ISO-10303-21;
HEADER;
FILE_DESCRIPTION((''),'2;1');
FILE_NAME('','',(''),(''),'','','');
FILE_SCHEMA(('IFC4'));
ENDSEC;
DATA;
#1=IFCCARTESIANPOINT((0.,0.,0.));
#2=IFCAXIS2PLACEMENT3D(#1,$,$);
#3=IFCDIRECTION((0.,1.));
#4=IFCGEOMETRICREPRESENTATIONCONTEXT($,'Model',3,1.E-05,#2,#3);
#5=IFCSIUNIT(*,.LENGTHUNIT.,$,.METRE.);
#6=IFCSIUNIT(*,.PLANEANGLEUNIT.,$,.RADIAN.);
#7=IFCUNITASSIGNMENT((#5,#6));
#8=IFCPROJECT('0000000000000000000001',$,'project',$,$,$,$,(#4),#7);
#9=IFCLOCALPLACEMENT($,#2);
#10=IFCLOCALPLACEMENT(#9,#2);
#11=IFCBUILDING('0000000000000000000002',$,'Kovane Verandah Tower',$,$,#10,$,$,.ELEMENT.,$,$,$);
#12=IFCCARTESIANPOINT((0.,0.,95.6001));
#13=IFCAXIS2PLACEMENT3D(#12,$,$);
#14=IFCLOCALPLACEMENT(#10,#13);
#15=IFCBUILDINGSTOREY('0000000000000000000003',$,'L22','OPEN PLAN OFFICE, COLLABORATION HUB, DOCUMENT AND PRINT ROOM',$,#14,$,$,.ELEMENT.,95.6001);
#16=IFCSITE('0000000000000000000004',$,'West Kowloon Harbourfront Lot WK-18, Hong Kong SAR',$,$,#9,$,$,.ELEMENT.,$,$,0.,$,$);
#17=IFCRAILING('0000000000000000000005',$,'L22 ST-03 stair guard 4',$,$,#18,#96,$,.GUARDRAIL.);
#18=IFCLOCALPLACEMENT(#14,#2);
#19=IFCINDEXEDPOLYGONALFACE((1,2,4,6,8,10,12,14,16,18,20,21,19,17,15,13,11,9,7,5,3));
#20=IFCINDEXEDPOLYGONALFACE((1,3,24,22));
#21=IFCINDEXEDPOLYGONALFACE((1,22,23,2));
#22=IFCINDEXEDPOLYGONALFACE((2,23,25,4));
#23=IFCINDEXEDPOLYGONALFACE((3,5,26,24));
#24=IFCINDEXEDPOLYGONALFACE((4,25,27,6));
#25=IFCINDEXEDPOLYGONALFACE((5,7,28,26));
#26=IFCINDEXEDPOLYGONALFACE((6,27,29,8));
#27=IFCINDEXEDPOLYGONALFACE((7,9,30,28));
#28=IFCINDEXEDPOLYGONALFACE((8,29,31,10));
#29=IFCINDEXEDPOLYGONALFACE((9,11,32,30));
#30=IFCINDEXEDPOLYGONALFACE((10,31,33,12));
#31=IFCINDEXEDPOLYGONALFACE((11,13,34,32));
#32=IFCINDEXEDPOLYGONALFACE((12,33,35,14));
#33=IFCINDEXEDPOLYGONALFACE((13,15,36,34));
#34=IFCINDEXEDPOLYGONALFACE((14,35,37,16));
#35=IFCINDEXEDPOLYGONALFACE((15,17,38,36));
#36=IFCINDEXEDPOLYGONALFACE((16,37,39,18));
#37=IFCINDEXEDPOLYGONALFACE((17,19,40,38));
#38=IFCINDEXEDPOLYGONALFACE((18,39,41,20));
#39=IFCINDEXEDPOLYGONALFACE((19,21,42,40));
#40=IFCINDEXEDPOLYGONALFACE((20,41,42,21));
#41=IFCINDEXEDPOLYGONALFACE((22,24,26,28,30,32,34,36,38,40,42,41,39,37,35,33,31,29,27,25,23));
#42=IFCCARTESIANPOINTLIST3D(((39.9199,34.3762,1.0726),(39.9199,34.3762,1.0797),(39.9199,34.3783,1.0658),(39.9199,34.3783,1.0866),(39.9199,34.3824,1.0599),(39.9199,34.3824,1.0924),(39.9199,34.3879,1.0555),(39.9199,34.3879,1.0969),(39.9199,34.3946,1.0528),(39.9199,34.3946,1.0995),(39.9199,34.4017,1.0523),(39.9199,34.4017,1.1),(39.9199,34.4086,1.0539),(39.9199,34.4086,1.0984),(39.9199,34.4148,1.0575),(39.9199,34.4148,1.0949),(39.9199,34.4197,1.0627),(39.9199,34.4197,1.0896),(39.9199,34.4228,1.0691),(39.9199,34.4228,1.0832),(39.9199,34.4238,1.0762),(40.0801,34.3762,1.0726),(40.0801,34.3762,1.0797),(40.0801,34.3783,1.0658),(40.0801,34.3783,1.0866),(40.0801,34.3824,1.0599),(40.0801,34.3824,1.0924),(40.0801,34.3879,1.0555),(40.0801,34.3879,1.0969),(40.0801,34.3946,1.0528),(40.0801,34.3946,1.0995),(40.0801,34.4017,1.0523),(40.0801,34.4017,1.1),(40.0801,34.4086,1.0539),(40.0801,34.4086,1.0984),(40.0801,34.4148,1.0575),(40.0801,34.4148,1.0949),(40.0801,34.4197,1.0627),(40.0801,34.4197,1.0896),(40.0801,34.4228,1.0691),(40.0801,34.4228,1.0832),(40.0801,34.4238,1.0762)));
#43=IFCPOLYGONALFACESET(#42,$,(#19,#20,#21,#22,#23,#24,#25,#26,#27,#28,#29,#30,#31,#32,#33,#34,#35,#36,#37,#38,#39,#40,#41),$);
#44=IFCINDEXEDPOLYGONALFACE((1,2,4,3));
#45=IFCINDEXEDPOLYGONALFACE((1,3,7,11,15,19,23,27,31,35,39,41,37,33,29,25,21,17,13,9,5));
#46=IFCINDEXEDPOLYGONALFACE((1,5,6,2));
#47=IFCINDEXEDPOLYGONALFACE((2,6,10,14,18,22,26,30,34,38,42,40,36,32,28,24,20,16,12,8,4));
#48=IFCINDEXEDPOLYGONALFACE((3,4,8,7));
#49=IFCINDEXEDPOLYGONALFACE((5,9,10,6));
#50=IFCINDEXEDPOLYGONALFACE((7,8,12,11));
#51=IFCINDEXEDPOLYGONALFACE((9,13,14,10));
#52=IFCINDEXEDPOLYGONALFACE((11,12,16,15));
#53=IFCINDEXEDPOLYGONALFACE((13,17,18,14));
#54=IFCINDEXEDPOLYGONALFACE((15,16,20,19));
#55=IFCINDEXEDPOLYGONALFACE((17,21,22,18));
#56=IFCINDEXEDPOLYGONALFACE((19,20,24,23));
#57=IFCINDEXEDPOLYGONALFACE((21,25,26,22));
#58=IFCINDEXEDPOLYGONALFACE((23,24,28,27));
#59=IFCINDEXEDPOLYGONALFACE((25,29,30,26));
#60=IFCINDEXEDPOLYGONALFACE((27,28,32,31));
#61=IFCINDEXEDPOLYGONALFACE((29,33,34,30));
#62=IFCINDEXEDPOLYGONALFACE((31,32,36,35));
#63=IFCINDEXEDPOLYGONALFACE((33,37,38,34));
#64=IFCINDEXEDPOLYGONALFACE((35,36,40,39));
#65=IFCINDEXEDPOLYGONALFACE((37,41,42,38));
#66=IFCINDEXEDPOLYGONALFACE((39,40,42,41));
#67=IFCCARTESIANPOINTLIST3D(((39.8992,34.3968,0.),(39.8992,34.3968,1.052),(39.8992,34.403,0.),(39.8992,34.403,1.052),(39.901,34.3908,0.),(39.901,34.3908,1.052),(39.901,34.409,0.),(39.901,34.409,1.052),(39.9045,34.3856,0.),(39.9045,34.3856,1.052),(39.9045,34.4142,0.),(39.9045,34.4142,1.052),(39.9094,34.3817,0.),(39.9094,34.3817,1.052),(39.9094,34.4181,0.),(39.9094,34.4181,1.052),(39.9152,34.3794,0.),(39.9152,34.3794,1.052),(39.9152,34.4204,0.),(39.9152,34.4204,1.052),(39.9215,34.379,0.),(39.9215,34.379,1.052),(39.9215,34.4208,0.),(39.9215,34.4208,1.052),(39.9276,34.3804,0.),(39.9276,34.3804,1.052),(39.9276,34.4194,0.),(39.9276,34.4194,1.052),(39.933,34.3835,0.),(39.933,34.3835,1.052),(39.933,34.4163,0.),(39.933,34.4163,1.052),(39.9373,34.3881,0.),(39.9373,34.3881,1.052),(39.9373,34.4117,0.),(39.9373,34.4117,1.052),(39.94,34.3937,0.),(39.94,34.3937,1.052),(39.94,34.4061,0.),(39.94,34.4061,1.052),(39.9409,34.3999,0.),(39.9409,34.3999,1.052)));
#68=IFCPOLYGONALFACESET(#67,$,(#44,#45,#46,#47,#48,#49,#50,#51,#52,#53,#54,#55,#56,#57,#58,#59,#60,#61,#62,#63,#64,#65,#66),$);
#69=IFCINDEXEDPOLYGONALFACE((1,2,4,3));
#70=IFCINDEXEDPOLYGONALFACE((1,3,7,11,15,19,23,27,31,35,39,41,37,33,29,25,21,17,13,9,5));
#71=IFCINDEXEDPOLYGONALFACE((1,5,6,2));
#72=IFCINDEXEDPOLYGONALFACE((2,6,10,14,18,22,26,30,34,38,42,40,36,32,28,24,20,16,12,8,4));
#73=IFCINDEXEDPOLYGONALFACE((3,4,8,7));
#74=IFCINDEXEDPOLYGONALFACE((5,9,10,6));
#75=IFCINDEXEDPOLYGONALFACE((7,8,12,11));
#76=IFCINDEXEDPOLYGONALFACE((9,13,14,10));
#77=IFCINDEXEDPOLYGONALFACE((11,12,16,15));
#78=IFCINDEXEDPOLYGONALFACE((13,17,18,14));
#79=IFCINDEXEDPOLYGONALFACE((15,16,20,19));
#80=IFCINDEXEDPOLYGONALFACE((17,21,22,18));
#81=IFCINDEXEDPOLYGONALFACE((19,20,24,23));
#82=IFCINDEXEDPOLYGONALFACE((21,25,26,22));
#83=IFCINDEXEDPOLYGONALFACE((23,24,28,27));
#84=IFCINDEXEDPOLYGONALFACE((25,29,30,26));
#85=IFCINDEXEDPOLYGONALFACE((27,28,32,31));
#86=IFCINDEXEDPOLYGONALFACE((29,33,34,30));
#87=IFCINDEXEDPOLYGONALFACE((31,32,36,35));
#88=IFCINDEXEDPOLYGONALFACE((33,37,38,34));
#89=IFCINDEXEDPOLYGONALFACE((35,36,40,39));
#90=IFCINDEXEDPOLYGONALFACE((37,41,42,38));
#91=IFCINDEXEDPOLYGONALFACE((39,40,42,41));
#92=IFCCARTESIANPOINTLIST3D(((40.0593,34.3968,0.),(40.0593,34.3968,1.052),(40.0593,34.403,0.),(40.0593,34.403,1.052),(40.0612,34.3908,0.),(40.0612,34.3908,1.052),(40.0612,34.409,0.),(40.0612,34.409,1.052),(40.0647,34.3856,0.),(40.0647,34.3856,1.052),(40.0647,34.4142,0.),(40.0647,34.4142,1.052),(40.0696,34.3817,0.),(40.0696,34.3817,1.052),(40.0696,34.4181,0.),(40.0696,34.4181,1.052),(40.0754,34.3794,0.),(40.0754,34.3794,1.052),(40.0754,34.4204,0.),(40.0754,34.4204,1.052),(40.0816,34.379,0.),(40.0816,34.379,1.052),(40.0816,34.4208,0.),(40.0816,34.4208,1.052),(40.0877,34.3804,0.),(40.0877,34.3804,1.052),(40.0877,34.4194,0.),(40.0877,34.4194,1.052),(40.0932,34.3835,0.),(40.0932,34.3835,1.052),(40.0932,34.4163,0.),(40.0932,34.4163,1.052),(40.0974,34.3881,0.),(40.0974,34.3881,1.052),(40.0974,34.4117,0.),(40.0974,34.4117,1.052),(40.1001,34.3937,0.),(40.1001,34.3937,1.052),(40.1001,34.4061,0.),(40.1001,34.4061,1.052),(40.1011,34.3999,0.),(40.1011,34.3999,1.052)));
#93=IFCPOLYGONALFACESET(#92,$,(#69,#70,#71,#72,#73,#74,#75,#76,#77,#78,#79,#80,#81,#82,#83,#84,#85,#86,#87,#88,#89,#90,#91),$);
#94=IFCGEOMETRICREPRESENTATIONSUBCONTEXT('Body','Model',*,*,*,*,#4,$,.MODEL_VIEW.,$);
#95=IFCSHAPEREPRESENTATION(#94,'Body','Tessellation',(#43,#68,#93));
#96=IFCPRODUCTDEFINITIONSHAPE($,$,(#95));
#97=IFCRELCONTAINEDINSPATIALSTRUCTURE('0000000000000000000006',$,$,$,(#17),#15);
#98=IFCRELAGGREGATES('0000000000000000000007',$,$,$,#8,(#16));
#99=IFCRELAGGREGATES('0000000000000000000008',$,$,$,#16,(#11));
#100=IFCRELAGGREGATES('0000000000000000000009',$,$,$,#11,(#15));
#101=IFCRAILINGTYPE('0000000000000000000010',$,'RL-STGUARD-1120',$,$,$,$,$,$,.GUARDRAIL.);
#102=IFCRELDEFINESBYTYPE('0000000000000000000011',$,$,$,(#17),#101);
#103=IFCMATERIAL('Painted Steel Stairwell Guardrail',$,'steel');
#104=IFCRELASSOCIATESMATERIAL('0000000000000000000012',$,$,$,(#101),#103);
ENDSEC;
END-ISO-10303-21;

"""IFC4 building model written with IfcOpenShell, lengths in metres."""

from ifc_helpers import new_model, si_unit, direction, frame, origin, origin_2d, place, context, subcontext, project, spatial, circle, extrude, material, type_object, element, save


model = new_model("IFC4")

# Units and contexts
model_context = context("Model", 3, precision=1e-05, world=origin(), true_north=direction((0.0, 1.0)))
body_context = subcontext(model_context, "Body", "Model", "MODEL_VIEW")
ifc_project = project(units=[si_unit("LENGTHUNIT", "METRE"), si_unit("PLANEANGLEUNIT", "RADIAN")], contexts=[model_context])

# Site, building, storey
site_placement = place(None, origin())
site = spatial("IfcSite", under=ifc_project, at=site_placement, Name="West Kowloon Harbourfront Lot WK-18, Hong Kong SAR", CompositionType="ELEMENT", RefElevation=0.0)
building_placement = place(site_placement, origin())
building = spatial("IfcBuilding", under=site, at=building_placement, Name="Kovane Verandah Tower", CompositionType="ELEMENT")
storey_placement = place(building_placement, frame((0.0, 0.0, 95.6001)))
storey = spatial("IfcBuildingStorey", under=building, at=storey_placement, Name="L22", Description="OPEN PLAN OFFICE, COLLABORATION HUB, DOCUMENT AND PRINT ROOM", CompositionType="ELEMENT", Elevation=95.6001)

# Railing
ifc_material_1 = material(Name="Painted Steel Stairwell Guardrail", Category="steel")
railing_type_1 = type_object("IfcRailingType", Name="RL-STGUARD-1120", PredefinedType="GUARDRAIL", material=ifc_material_1)
railing_1_placement = place(storey_placement, frame((39.9199, 34.3999, 0.0)))
element("IfcRailing", 1, at=railing_1_placement, inside=storey, type_object=railing_type_1, Name="L22 ST-03 stair guard 4", PredefinedType="GUARDRAIL", context=body_context, shape_type="SweptSolid", body=[
    extrude(circle(Radius=0.0239, at=origin_2d()), frame((0.0, 0.0, 1.0762), z_axis=(1.0, 0.0, 0.0), x_axis=(0.0, 1.0, 0.0)), (0.0, 0.0, 1.0), 0.1602),
    extrude(circle(Radius=0.021, at=origin_2d()), origin(), (0.0, 0.0, 1.0), 1.052),
    extrude(circle(Radius=0.021, at=origin_2d()), frame((0.1602, 0.0, 0.0)), (0.0, 0.0, 1.0), 1.052),
])

save(model, "model.ifc")
